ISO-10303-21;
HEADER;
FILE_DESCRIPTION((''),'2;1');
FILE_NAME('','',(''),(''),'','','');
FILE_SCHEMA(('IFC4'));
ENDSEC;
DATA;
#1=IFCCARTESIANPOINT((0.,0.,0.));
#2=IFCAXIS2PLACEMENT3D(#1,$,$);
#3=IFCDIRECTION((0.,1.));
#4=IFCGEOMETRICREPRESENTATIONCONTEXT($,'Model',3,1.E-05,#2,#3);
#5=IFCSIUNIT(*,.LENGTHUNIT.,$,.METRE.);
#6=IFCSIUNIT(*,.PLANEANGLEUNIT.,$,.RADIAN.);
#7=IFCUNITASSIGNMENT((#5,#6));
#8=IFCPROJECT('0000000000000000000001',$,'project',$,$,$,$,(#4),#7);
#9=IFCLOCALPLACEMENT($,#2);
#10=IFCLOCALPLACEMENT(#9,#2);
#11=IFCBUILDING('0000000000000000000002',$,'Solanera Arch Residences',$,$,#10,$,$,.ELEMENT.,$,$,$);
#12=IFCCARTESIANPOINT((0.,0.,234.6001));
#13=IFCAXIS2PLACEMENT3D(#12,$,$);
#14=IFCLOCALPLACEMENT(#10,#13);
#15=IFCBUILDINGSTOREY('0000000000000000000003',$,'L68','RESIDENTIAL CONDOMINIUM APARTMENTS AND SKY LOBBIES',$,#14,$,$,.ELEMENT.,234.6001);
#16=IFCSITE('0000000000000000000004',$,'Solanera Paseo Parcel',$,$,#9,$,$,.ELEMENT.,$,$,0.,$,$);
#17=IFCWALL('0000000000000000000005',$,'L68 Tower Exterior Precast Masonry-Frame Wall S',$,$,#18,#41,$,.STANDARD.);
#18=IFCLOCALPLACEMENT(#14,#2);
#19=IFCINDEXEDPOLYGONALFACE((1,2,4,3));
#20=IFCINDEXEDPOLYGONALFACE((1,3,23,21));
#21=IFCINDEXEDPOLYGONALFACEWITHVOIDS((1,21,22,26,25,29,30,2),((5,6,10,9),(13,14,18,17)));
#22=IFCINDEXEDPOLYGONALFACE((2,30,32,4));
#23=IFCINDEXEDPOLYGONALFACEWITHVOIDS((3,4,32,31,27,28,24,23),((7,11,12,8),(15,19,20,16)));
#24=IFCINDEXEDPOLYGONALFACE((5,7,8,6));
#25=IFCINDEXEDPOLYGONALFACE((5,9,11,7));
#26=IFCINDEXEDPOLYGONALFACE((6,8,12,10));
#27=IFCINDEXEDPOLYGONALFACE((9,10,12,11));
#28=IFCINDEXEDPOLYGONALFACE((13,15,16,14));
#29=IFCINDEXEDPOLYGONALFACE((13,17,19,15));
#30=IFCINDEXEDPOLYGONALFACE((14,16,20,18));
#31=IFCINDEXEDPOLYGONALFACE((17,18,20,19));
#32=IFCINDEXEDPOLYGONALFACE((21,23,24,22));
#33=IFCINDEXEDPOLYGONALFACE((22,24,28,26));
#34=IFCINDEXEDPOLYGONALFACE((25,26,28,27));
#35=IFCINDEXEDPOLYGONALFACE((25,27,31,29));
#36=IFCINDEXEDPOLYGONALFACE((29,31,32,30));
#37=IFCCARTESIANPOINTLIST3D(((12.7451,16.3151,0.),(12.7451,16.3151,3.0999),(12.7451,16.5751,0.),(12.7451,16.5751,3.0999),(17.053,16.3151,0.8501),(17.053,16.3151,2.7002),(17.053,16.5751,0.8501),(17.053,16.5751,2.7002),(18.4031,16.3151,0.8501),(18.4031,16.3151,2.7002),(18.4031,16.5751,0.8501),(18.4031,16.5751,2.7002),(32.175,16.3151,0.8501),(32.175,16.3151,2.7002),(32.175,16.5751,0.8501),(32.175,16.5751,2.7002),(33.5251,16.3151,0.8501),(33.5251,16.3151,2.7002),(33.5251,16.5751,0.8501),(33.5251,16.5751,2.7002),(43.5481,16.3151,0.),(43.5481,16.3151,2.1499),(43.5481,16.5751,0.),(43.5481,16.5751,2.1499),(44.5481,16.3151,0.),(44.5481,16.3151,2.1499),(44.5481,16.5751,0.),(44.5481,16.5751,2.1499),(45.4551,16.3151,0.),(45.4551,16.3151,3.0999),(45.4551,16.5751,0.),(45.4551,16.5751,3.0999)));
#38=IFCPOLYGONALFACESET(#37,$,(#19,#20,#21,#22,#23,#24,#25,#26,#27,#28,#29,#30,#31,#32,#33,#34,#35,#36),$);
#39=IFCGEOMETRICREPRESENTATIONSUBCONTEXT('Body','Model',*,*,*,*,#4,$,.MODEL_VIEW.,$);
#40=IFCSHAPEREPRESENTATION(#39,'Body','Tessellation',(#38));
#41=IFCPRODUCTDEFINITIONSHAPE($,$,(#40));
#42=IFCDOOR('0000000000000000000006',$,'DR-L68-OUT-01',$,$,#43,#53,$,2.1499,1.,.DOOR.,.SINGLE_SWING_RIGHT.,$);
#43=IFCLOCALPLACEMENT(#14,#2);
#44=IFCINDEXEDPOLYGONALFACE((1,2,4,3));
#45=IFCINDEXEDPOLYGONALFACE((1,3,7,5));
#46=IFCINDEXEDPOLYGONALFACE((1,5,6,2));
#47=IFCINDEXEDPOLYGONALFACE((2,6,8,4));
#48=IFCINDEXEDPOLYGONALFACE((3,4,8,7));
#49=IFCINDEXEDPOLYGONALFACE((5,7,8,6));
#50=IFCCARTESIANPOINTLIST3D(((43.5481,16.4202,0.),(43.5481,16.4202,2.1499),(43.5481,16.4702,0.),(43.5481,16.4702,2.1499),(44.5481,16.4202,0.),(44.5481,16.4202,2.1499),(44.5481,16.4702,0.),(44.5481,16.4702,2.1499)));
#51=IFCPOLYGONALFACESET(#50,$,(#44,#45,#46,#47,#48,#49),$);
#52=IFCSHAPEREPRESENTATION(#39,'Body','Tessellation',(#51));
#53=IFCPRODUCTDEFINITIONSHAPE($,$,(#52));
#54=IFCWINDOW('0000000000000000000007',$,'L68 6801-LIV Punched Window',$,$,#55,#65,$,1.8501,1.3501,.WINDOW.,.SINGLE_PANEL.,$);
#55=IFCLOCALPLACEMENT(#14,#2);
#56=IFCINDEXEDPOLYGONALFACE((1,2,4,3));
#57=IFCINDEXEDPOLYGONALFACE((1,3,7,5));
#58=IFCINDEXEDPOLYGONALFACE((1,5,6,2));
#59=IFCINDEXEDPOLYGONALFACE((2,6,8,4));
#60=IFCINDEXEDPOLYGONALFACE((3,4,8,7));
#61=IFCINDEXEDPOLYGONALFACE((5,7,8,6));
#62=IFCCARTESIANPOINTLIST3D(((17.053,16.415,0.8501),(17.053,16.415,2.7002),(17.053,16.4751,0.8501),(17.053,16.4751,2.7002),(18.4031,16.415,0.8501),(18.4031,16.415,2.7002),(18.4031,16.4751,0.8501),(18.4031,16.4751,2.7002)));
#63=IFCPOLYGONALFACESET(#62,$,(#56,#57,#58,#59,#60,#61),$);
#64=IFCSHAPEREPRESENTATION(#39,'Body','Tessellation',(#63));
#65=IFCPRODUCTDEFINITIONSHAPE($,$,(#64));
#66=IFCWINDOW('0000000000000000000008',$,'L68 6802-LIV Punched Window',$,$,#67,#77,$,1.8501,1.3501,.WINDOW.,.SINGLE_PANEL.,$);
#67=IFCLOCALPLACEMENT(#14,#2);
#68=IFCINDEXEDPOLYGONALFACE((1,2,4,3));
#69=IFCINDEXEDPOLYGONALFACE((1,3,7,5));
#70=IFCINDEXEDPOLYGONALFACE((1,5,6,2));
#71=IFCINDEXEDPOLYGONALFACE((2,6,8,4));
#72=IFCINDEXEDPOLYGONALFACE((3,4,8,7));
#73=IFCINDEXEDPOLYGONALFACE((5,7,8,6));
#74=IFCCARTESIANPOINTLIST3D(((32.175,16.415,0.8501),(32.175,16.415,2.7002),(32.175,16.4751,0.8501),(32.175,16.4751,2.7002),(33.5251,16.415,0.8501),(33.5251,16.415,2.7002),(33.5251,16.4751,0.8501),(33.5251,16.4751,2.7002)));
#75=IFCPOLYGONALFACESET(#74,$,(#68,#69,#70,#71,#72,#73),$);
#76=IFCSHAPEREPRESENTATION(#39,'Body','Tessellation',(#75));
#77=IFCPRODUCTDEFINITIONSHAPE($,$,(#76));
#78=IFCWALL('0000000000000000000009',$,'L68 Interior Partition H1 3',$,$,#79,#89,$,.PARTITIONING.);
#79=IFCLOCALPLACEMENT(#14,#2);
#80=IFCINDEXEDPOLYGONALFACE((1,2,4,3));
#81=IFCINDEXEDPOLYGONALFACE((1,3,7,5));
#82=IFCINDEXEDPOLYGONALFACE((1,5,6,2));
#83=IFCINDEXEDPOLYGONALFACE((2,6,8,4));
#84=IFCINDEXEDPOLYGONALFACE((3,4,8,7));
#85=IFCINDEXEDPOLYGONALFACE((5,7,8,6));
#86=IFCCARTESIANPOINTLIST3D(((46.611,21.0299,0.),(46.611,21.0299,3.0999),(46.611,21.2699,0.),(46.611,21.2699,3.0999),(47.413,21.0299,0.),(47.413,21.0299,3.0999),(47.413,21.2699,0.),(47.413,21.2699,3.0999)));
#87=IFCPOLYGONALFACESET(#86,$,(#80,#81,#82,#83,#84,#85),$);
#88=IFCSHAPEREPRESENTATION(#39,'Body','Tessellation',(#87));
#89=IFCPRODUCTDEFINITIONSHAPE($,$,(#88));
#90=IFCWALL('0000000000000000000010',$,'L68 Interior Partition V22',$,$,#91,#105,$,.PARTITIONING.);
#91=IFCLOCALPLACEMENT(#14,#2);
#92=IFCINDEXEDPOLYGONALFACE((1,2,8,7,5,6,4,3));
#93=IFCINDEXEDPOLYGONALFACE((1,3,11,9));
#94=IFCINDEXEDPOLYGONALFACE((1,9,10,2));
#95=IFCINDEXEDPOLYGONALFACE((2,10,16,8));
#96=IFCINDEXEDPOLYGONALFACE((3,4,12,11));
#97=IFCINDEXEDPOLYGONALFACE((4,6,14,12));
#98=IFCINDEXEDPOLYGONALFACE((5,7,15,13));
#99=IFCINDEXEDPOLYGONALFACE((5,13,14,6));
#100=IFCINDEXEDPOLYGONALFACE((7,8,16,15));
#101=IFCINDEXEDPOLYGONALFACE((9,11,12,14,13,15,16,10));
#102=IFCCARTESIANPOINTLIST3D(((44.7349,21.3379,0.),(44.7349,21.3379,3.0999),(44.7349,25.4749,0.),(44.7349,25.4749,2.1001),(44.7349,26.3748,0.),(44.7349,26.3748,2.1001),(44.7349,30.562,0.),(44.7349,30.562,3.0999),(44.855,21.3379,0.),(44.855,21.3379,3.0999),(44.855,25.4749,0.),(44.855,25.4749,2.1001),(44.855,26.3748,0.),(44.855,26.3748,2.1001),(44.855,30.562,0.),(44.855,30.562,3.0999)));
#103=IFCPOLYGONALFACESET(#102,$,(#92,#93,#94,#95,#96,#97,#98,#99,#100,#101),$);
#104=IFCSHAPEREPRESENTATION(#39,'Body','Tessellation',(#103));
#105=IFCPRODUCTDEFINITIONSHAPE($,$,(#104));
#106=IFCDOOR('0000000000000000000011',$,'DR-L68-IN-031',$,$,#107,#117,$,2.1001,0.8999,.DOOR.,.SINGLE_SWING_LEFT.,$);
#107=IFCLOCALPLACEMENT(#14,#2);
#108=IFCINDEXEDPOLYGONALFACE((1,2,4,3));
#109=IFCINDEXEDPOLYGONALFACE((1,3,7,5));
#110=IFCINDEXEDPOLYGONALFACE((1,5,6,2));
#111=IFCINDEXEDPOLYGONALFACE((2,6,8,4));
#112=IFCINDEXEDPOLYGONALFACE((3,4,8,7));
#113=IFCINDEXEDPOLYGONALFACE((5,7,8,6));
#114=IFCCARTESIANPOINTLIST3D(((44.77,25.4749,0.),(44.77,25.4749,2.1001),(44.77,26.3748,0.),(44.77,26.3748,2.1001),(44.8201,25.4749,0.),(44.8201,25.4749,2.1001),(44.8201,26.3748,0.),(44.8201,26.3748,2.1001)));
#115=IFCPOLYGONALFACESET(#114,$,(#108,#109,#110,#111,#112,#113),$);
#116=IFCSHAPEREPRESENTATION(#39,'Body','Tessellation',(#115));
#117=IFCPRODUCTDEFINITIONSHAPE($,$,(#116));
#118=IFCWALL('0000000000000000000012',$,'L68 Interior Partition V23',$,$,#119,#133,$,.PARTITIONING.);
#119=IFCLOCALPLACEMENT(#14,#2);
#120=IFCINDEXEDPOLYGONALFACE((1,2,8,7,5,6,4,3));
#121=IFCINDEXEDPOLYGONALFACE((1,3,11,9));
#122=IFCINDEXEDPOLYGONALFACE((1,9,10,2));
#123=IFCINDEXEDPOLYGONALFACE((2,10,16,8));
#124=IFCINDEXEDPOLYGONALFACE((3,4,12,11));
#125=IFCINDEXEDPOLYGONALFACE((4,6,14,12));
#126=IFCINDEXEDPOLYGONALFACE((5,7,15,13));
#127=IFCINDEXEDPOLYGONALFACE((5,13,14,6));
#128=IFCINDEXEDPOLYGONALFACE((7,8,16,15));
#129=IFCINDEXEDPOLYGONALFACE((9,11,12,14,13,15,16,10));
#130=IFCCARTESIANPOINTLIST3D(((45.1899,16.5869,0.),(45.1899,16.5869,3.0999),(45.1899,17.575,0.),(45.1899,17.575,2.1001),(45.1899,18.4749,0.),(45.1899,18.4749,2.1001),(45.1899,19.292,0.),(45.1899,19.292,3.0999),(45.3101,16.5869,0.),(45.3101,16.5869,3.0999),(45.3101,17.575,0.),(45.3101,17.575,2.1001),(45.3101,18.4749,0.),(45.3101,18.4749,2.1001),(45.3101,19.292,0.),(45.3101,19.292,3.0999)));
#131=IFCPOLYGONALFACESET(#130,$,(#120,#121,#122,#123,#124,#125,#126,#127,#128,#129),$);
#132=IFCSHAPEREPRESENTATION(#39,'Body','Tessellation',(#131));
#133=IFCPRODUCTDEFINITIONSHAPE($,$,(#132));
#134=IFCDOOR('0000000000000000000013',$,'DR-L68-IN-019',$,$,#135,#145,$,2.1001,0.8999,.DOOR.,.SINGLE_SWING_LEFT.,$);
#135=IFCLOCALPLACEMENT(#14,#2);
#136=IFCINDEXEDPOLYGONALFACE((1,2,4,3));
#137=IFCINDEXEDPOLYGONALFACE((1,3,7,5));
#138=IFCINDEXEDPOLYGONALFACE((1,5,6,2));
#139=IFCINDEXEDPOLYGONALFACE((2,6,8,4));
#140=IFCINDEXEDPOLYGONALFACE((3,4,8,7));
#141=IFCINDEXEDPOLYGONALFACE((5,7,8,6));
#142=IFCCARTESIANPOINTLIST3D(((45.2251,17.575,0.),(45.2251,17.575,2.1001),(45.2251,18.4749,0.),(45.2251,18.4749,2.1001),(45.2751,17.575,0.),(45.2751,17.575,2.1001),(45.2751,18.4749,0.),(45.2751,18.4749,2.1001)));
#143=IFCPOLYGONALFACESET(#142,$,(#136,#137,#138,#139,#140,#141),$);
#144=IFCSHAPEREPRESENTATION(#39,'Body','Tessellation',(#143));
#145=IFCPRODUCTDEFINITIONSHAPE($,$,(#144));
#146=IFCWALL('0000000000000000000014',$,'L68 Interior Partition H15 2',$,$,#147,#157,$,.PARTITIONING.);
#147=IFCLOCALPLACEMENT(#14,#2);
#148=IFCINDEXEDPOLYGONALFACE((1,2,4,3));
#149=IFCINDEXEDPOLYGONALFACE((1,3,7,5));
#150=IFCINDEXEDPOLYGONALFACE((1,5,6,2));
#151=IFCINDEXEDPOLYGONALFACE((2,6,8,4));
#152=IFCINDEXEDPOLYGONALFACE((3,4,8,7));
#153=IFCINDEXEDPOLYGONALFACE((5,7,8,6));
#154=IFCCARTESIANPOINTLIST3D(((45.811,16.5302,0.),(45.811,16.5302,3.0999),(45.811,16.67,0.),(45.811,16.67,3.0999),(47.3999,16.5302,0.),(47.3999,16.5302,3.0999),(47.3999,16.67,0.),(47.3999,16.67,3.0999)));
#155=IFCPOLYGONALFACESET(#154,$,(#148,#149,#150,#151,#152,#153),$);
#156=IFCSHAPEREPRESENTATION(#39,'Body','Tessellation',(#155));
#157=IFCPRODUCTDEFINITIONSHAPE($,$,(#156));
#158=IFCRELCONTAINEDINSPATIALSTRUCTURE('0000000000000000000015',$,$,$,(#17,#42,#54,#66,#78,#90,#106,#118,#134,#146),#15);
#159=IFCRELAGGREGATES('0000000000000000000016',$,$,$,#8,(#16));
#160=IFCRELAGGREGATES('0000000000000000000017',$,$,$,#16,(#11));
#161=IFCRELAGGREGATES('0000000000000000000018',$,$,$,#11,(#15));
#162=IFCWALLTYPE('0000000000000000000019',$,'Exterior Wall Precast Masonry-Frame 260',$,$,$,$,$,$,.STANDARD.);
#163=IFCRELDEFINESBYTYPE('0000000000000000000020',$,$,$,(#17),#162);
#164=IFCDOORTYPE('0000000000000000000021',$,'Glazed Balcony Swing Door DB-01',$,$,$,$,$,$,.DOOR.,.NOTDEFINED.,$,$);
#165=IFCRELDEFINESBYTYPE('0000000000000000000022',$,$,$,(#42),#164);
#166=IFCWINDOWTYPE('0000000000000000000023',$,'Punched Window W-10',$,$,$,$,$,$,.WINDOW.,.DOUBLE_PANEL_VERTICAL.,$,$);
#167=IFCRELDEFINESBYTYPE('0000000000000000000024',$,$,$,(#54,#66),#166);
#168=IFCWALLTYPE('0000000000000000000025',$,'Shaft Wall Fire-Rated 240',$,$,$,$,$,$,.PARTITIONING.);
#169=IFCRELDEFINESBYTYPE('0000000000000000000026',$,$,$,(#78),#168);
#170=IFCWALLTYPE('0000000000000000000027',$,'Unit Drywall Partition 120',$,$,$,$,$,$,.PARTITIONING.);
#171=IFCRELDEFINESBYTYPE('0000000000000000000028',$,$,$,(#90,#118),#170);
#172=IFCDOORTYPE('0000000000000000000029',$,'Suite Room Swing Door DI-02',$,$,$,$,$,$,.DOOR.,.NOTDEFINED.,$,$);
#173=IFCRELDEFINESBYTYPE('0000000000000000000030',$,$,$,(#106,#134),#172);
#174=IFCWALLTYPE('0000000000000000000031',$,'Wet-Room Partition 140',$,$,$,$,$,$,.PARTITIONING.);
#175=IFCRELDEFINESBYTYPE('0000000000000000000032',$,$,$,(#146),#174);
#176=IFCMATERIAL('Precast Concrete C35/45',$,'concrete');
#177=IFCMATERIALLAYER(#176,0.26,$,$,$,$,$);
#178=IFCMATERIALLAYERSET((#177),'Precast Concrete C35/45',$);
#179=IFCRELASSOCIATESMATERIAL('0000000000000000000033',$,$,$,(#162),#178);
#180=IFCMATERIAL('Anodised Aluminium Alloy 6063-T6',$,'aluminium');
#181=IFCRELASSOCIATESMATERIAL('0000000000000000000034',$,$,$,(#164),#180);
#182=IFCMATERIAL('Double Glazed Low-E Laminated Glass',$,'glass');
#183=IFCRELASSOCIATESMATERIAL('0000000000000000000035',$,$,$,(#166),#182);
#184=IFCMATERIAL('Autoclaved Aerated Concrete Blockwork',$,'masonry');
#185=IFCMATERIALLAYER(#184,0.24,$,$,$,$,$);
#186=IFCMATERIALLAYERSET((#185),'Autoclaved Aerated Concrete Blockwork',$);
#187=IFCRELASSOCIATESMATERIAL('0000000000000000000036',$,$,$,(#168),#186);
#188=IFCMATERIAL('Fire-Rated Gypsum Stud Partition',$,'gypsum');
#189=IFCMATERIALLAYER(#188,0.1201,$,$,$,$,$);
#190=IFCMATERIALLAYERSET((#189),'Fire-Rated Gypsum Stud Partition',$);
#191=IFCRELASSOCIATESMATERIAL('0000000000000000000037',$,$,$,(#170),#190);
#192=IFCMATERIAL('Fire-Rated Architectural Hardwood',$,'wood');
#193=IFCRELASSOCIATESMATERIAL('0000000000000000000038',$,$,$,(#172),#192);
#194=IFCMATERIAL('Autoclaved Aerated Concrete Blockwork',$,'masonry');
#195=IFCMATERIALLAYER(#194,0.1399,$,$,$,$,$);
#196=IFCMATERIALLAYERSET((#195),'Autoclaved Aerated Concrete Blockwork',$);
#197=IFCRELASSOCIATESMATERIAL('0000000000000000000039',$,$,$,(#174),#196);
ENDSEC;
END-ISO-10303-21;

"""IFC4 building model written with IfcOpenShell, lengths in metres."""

from ifc_helpers import new_model, si_unit, direction, frame, frame_2d, origin, place, context, subcontext, project, spatial, rectangle, extrude, material, layer, layer_set, type_object, element, fill, save


model = new_model("IFC4")

# Units and contexts
model_context = context("Model", 3, precision=1e-05, world=origin(), true_north=direction((0.0, 1.0)))
body_context = subcontext(model_context, "Body", "Model", "MODEL_VIEW")
ifc_project = project(units=[si_unit("LENGTHUNIT", "METRE"), si_unit("PLANEANGLEUNIT", "RADIAN")], contexts=[model_context])

# Site, building, storey
site_placement = place(None, origin())
site = spatial("IfcSite", under=ifc_project, at=site_placement, Name="Solanera Paseo Parcel", CompositionType="ELEMENT", RefElevation=0.0)
building_placement = place(site_placement, origin())
building = spatial("IfcBuilding", under=site, at=building_placement, Name="Solanera Arch Residences", CompositionType="ELEMENT")
storey_placement = place(building_placement, frame((0.0, 0.0, 234.6001)))
storey = spatial("IfcBuildingStorey", under=building, at=storey_placement, Name="L68", Description="RESIDENTIAL CONDOMINIUM APARTMENTS AND SKY LOBBIES", CompositionType="ELEMENT", Elevation=234.6001)

# Shared definitions
ifc_material_1 = material(Name="Precast Concrete C35/45", Category="concrete")
ifc_layer_1 = layer(ifc_material_1, 0.26)
ifc_layer_set_1 = layer_set([ifc_layer_1], Name="Precast Concrete C35/45")
wall_type_1 = type_object("IfcWallType", Name="Exterior Wall Precast Masonry-Frame 260", PredefinedType="STANDARD", material=ifc_layer_set_1)

# Wall, openings, door, windows
wall_1_placement = place(storey_placement, frame((45.4551, 16.4451, 0.0), z_axis=(0.0, 0.0, 1.0), x_axis=(-1.0, 0.0, 0.0)))
wall_1 = element("IfcWall", 1, at=wall_1_placement, inside=storey, type_object=wall_type_1, Name="L68 Tower Exterior Precast Masonry-Frame Wall S", PredefinedType="STANDARD", context=body_context, shape_type="SweptSolid", body=[
    extrude(rectangle(XDim=32.71, YDim=0.26, at=frame_2d((16.355, 0.0))), origin(), (0.0, 0.0, 1.0), 3.0999),
])
opening_1_placement = place(wall_1_placement, frame((0.907, 0.0, 0.0)))
opening_1 = element("IfcOpeningElement", 2, at=opening_1_placement, cuts=wall_1, PredefinedType="OPENING", context=body_context, shape_type="SweptSolid", body=[
    extrude(rectangle(XDim=1.0, YDim=2.1499, at=frame_2d((0.5, 1.075))), frame((0.0, 0.1399, 0.0), z_axis=(0.0, -1.0, 0.0), x_axis=(1.0, 0.0, 0.0)), (0.0, 0.0, 1.0), 0.28),
])
opening_2_placement = place(wall_1_placement, frame((27.052, 0.0, 0.8501)))
opening_2 = element("IfcOpeningElement", 3, at=opening_2_placement, cuts=wall_1, PredefinedType="OPENING", context=body_context, shape_type="SweptSolid", body=[
    extrude(rectangle(XDim=1.3501, YDim=1.8501, at=frame_2d((0.675, 0.925))), frame((0.0, 0.1399, 0.0), z_axis=(0.0, -1.0, 0.0), x_axis=(1.0, 0.0, 0.0)), (0.0, 0.0, 1.0), 0.28),
])
opening_3_placement = place(wall_1_placement, frame((11.9299, 0.0, 0.8501)))
opening_3 = element("IfcOpeningElement", 4, at=opening_3_placement, cuts=wall_1, PredefinedType="OPENING", context=body_context, shape_type="SweptSolid", body=[
    extrude(rectangle(XDim=1.3501, YDim=1.8501, at=frame_2d((0.675, 0.925))), frame((0.0, 0.1399, 0.0), z_axis=(0.0, -1.0, 0.0), x_axis=(1.0, 0.0, 0.0)), (0.0, 0.0, 1.0), 0.28),
])
ifc_material_2 = material(Name="Anodised Aluminium Alloy 6063-T6", Category="aluminium")
door_type_1 = type_object("IfcDoorType", Name="Glazed Balcony Swing Door DB-01", OperationType="NOTDEFINED", PredefinedType="DOOR", material=ifc_material_2)
door_1_placement = place(opening_1_placement, origin())
door_1 = element("IfcDoor", 5, at=door_1_placement, inside=storey, type_object=door_type_1, Name="DR-L68-OUT-01", OperationType="SINGLE_SWING_RIGHT", OverallHeight=2.1499, OverallWidth=1.0, PredefinedType="DOOR", context=body_context, shape_type="SweptSolid", body=[
    extrude(rectangle(XDim=1.0, YDim=2.1499, at=frame_2d((0.5, 1.075))), frame((0.0, 0.0249, 0.0), z_axis=(0.0, -1.0, 0.0), x_axis=(1.0, 0.0, 0.0)), (0.0, 0.0, 1.0), 0.05),
])
fill(opening_1, door_1)
ifc_material_3 = material(Name="Double Glazed Low-E Laminated Glass", Category="glass")
window_type = type_object("IfcWindowType", Name="Punched Window W-10", PartitioningType="DOUBLE_PANEL_VERTICAL", PredefinedType="WINDOW", material=ifc_material_3)
window_1_placement = place(opening_2_placement, origin())
window_1 = element("IfcWindow", 6, at=window_1_placement, inside=storey, type_object=window_type, Name="L68 6801-LIV Punched Window", OverallHeight=1.8501, OverallWidth=1.3501, PartitioningType="SINGLE_PANEL", PredefinedType="WINDOW", context=body_context, shape_type="SweptSolid", body=[
    extrude(rectangle(XDim=1.3501, YDim=1.8501, at=frame_2d((0.675, 0.925))), frame((0.0, 0.03, 0.0), z_axis=(0.0, -1.0, 0.0), x_axis=(1.0, 0.0, 0.0)), (0.0, 0.0, 1.0), 0.0601),
])
fill(opening_2, window_1)
window_2_placement = place(opening_3_placement, origin())
window_2 = element("IfcWindow", 7, at=window_2_placement, inside=storey, type_object=window_type, Name="L68 6802-LIV Punched Window", OverallHeight=1.8501, OverallWidth=1.3501, PartitioningType="SINGLE_PANEL", PredefinedType="WINDOW", context=body_context, shape_type="SweptSolid", body=[
    extrude(rectangle(XDim=1.3501, YDim=1.8501, at=frame_2d((0.675, 0.925))), frame((0.0, 0.03, 0.0), z_axis=(0.0, -1.0, 0.0), x_axis=(1.0, 0.0, 0.0)), (0.0, 0.0, 1.0), 0.0601),
])
fill(opening_3, window_2)

# Wall
ifc_material_4 = material(Name="Autoclaved Aerated Concrete Blockwork", Category="masonry")
ifc_layer_2 = layer(ifc_material_4, 0.24)
ifc_layer_set_2 = layer_set([ifc_layer_2], Name="Autoclaved Aerated Concrete Blockwork")
wall_type_2 = type_object("IfcWallType", Name="Shaft Wall Fire-Rated 240", PredefinedType="PARTITIONING", material=ifc_layer_set_2)
wall_2_placement = place(storey_placement, frame((46.6111, 21.1499, 0.0), z_axis=(0.0, 0.0, 1.0), x_axis=(1.0, 0.0, 0.0)))
element("IfcWall", 8, at=wall_2_placement, inside=storey, type_object=wall_type_2, Name="L68 Interior Partition H1 3", PredefinedType="PARTITIONING", context=body_context, shape_type="SweptSolid", body=[
    extrude(rectangle(XDim=0.802, YDim=0.24, at=frame_2d((0.4009, 0.0))), origin(), (0.0, 0.0, 1.0), 3.0999),
])

# Walls, openings, doors
ifc_material_5 = material(Name="Fire-Rated Gypsum Stud Partition", Category="gypsum")
ifc_layer_3 = layer(ifc_material_5, 0.1201)
ifc_layer_set_3 = layer_set([ifc_layer_3], Name="Fire-Rated Gypsum Stud Partition")
wall_type_3 = type_object("IfcWallType", Name="Unit Drywall Partition 120", PredefinedType="PARTITIONING", material=ifc_layer_set_3)
wall_3_placement = place(storey_placement, frame((44.7949, 21.3379, 0.0), z_axis=(0.0, 0.0, 1.0), x_axis=(0.0, 1.0, 0.0)))
wall_3 = element("IfcWall", 9, at=wall_3_placement, inside=storey, type_object=wall_type_3, Name="L68 Interior Partition V22", PredefinedType="PARTITIONING", context=body_context, shape_type="SweptSolid", body=[
    extrude(rectangle(XDim=9.2241, YDim=0.1201, at=frame_2d((4.6121, 0.0))), origin(), (0.0, 0.0, 1.0), 3.0999),
])
opening_4_placement = place(wall_3_placement, frame((4.137, 0.0, 0.0)))
opening_4 = element("IfcOpeningElement", 10, at=opening_4_placement, cuts=wall_3, PredefinedType="OPENING", context=body_context, shape_type="SweptSolid", body=[
    extrude(rectangle(XDim=0.8999, YDim=2.1001, at=frame_2d((0.45, 1.05))), frame((0.0, 0.0701, 0.0), z_axis=(0.0, -1.0, 0.0), x_axis=(1.0, 0.0, 0.0)), (0.0, 0.0, 1.0), 0.1401),
])
ifc_material_6 = material(Name="Fire-Rated Architectural Hardwood", Category="wood")
door_type_2 = type_object("IfcDoorType", Name="Suite Room Swing Door DI-02", OperationType="NOTDEFINED", PredefinedType="DOOR", material=ifc_material_6)
door_2_placement = place(opening_4_placement, origin())
door_2 = element("IfcDoor", 11, at=door_2_placement, inside=storey, type_object=door_type_2, Name="DR-L68-IN-031", OperationType="SINGLE_SWING_LEFT", OverallHeight=2.1001, OverallWidth=0.8999, PredefinedType="DOOR", context=body_context, shape_type="SweptSolid", body=[
    extrude(rectangle(XDim=0.8999, YDim=2.1001, at=frame_2d((0.45, 1.05))), frame((0.0, 0.0249, 0.0), z_axis=(0.0, -1.0, 0.0), x_axis=(1.0, 0.0, 0.0)), (0.0, 0.0, 1.0), 0.05),
])
fill(opening_4, door_2)
wall_4_placement = place(storey_placement, frame((45.25, 16.5869, 0.0), z_axis=(0.0, 0.0, 1.0), x_axis=(0.0, 1.0, 0.0)))
wall_4 = element("IfcWall", 12, at=wall_4_placement, inside=storey, type_object=wall_type_3, Name="L68 Interior Partition V23", PredefinedType="PARTITIONING", context=body_context, shape_type="SweptSolid", body=[
    extrude(rectangle(XDim=2.7051, YDim=0.1201, at=frame_2d((1.3525, 0.0))), origin(), (0.0, 0.0, 1.0), 3.0999),
])
opening_5_placement = place(wall_4_placement, frame((0.988, 0.0, 0.0)))
opening_5 = element("IfcOpeningElement", 13, at=opening_5_placement, cuts=wall_4, PredefinedType="OPENING", context=body_context, shape_type="SweptSolid", body=[
    extrude(rectangle(XDim=0.8999, YDim=2.1001, at=frame_2d((0.45, 1.05))), frame((0.0, 0.0701, 0.0), z_axis=(0.0, -1.0, 0.0), x_axis=(1.0, 0.0, 0.0)), (0.0, 0.0, 1.0), 0.1401),
])
door_3_placement = place(opening_5_placement, origin())
door_3 = element("IfcDoor", 14, at=door_3_placement, inside=storey, type_object=door_type_2, Name="DR-L68-IN-019", OperationType="SINGLE_SWING_LEFT", OverallHeight=2.1001, OverallWidth=0.8999, PredefinedType="DOOR", context=body_context, shape_type="SweptSolid", body=[
    extrude(rectangle(XDim=0.8999, YDim=2.1001, at=frame_2d((0.45, 1.05))), frame((0.0, 0.0249, 0.0), z_axis=(0.0, -1.0, 0.0), x_axis=(1.0, 0.0, 0.0)), (0.0, 0.0, 1.0), 0.05),
])
fill(opening_5, door_3)

# Wall
ifc_material_7 = material(Name="Autoclaved Aerated Concrete Blockwork", Category="masonry")
ifc_layer_4 = layer(ifc_material_7, 0.1399)
ifc_layer_set_4 = layer_set([ifc_layer_4], Name="Autoclaved Aerated Concrete Blockwork")
wall_type_4 = type_object("IfcWallType", Name="Wet-Room Partition 140", PredefinedType="PARTITIONING", material=ifc_layer_set_4)
wall_5_placement = place(storey_placement, frame((45.811, 16.6001, 0.0), z_axis=(0.0, 0.0, 1.0), x_axis=(1.0, 0.0, 0.0)))
element("IfcWall", 15, at=wall_5_placement, inside=storey, type_object=wall_type_4, Name="L68 Interior Partition H15 2", PredefinedType="PARTITIONING", context=body_context, shape_type="SweptSolid", body=[
    extrude(rectangle(XDim=1.5889, YDim=0.1399, at=frame_2d((0.7944, 0.0))), origin(), (0.0, 0.0, 1.0), 3.0999),
])

save(model, "model.ifc")
